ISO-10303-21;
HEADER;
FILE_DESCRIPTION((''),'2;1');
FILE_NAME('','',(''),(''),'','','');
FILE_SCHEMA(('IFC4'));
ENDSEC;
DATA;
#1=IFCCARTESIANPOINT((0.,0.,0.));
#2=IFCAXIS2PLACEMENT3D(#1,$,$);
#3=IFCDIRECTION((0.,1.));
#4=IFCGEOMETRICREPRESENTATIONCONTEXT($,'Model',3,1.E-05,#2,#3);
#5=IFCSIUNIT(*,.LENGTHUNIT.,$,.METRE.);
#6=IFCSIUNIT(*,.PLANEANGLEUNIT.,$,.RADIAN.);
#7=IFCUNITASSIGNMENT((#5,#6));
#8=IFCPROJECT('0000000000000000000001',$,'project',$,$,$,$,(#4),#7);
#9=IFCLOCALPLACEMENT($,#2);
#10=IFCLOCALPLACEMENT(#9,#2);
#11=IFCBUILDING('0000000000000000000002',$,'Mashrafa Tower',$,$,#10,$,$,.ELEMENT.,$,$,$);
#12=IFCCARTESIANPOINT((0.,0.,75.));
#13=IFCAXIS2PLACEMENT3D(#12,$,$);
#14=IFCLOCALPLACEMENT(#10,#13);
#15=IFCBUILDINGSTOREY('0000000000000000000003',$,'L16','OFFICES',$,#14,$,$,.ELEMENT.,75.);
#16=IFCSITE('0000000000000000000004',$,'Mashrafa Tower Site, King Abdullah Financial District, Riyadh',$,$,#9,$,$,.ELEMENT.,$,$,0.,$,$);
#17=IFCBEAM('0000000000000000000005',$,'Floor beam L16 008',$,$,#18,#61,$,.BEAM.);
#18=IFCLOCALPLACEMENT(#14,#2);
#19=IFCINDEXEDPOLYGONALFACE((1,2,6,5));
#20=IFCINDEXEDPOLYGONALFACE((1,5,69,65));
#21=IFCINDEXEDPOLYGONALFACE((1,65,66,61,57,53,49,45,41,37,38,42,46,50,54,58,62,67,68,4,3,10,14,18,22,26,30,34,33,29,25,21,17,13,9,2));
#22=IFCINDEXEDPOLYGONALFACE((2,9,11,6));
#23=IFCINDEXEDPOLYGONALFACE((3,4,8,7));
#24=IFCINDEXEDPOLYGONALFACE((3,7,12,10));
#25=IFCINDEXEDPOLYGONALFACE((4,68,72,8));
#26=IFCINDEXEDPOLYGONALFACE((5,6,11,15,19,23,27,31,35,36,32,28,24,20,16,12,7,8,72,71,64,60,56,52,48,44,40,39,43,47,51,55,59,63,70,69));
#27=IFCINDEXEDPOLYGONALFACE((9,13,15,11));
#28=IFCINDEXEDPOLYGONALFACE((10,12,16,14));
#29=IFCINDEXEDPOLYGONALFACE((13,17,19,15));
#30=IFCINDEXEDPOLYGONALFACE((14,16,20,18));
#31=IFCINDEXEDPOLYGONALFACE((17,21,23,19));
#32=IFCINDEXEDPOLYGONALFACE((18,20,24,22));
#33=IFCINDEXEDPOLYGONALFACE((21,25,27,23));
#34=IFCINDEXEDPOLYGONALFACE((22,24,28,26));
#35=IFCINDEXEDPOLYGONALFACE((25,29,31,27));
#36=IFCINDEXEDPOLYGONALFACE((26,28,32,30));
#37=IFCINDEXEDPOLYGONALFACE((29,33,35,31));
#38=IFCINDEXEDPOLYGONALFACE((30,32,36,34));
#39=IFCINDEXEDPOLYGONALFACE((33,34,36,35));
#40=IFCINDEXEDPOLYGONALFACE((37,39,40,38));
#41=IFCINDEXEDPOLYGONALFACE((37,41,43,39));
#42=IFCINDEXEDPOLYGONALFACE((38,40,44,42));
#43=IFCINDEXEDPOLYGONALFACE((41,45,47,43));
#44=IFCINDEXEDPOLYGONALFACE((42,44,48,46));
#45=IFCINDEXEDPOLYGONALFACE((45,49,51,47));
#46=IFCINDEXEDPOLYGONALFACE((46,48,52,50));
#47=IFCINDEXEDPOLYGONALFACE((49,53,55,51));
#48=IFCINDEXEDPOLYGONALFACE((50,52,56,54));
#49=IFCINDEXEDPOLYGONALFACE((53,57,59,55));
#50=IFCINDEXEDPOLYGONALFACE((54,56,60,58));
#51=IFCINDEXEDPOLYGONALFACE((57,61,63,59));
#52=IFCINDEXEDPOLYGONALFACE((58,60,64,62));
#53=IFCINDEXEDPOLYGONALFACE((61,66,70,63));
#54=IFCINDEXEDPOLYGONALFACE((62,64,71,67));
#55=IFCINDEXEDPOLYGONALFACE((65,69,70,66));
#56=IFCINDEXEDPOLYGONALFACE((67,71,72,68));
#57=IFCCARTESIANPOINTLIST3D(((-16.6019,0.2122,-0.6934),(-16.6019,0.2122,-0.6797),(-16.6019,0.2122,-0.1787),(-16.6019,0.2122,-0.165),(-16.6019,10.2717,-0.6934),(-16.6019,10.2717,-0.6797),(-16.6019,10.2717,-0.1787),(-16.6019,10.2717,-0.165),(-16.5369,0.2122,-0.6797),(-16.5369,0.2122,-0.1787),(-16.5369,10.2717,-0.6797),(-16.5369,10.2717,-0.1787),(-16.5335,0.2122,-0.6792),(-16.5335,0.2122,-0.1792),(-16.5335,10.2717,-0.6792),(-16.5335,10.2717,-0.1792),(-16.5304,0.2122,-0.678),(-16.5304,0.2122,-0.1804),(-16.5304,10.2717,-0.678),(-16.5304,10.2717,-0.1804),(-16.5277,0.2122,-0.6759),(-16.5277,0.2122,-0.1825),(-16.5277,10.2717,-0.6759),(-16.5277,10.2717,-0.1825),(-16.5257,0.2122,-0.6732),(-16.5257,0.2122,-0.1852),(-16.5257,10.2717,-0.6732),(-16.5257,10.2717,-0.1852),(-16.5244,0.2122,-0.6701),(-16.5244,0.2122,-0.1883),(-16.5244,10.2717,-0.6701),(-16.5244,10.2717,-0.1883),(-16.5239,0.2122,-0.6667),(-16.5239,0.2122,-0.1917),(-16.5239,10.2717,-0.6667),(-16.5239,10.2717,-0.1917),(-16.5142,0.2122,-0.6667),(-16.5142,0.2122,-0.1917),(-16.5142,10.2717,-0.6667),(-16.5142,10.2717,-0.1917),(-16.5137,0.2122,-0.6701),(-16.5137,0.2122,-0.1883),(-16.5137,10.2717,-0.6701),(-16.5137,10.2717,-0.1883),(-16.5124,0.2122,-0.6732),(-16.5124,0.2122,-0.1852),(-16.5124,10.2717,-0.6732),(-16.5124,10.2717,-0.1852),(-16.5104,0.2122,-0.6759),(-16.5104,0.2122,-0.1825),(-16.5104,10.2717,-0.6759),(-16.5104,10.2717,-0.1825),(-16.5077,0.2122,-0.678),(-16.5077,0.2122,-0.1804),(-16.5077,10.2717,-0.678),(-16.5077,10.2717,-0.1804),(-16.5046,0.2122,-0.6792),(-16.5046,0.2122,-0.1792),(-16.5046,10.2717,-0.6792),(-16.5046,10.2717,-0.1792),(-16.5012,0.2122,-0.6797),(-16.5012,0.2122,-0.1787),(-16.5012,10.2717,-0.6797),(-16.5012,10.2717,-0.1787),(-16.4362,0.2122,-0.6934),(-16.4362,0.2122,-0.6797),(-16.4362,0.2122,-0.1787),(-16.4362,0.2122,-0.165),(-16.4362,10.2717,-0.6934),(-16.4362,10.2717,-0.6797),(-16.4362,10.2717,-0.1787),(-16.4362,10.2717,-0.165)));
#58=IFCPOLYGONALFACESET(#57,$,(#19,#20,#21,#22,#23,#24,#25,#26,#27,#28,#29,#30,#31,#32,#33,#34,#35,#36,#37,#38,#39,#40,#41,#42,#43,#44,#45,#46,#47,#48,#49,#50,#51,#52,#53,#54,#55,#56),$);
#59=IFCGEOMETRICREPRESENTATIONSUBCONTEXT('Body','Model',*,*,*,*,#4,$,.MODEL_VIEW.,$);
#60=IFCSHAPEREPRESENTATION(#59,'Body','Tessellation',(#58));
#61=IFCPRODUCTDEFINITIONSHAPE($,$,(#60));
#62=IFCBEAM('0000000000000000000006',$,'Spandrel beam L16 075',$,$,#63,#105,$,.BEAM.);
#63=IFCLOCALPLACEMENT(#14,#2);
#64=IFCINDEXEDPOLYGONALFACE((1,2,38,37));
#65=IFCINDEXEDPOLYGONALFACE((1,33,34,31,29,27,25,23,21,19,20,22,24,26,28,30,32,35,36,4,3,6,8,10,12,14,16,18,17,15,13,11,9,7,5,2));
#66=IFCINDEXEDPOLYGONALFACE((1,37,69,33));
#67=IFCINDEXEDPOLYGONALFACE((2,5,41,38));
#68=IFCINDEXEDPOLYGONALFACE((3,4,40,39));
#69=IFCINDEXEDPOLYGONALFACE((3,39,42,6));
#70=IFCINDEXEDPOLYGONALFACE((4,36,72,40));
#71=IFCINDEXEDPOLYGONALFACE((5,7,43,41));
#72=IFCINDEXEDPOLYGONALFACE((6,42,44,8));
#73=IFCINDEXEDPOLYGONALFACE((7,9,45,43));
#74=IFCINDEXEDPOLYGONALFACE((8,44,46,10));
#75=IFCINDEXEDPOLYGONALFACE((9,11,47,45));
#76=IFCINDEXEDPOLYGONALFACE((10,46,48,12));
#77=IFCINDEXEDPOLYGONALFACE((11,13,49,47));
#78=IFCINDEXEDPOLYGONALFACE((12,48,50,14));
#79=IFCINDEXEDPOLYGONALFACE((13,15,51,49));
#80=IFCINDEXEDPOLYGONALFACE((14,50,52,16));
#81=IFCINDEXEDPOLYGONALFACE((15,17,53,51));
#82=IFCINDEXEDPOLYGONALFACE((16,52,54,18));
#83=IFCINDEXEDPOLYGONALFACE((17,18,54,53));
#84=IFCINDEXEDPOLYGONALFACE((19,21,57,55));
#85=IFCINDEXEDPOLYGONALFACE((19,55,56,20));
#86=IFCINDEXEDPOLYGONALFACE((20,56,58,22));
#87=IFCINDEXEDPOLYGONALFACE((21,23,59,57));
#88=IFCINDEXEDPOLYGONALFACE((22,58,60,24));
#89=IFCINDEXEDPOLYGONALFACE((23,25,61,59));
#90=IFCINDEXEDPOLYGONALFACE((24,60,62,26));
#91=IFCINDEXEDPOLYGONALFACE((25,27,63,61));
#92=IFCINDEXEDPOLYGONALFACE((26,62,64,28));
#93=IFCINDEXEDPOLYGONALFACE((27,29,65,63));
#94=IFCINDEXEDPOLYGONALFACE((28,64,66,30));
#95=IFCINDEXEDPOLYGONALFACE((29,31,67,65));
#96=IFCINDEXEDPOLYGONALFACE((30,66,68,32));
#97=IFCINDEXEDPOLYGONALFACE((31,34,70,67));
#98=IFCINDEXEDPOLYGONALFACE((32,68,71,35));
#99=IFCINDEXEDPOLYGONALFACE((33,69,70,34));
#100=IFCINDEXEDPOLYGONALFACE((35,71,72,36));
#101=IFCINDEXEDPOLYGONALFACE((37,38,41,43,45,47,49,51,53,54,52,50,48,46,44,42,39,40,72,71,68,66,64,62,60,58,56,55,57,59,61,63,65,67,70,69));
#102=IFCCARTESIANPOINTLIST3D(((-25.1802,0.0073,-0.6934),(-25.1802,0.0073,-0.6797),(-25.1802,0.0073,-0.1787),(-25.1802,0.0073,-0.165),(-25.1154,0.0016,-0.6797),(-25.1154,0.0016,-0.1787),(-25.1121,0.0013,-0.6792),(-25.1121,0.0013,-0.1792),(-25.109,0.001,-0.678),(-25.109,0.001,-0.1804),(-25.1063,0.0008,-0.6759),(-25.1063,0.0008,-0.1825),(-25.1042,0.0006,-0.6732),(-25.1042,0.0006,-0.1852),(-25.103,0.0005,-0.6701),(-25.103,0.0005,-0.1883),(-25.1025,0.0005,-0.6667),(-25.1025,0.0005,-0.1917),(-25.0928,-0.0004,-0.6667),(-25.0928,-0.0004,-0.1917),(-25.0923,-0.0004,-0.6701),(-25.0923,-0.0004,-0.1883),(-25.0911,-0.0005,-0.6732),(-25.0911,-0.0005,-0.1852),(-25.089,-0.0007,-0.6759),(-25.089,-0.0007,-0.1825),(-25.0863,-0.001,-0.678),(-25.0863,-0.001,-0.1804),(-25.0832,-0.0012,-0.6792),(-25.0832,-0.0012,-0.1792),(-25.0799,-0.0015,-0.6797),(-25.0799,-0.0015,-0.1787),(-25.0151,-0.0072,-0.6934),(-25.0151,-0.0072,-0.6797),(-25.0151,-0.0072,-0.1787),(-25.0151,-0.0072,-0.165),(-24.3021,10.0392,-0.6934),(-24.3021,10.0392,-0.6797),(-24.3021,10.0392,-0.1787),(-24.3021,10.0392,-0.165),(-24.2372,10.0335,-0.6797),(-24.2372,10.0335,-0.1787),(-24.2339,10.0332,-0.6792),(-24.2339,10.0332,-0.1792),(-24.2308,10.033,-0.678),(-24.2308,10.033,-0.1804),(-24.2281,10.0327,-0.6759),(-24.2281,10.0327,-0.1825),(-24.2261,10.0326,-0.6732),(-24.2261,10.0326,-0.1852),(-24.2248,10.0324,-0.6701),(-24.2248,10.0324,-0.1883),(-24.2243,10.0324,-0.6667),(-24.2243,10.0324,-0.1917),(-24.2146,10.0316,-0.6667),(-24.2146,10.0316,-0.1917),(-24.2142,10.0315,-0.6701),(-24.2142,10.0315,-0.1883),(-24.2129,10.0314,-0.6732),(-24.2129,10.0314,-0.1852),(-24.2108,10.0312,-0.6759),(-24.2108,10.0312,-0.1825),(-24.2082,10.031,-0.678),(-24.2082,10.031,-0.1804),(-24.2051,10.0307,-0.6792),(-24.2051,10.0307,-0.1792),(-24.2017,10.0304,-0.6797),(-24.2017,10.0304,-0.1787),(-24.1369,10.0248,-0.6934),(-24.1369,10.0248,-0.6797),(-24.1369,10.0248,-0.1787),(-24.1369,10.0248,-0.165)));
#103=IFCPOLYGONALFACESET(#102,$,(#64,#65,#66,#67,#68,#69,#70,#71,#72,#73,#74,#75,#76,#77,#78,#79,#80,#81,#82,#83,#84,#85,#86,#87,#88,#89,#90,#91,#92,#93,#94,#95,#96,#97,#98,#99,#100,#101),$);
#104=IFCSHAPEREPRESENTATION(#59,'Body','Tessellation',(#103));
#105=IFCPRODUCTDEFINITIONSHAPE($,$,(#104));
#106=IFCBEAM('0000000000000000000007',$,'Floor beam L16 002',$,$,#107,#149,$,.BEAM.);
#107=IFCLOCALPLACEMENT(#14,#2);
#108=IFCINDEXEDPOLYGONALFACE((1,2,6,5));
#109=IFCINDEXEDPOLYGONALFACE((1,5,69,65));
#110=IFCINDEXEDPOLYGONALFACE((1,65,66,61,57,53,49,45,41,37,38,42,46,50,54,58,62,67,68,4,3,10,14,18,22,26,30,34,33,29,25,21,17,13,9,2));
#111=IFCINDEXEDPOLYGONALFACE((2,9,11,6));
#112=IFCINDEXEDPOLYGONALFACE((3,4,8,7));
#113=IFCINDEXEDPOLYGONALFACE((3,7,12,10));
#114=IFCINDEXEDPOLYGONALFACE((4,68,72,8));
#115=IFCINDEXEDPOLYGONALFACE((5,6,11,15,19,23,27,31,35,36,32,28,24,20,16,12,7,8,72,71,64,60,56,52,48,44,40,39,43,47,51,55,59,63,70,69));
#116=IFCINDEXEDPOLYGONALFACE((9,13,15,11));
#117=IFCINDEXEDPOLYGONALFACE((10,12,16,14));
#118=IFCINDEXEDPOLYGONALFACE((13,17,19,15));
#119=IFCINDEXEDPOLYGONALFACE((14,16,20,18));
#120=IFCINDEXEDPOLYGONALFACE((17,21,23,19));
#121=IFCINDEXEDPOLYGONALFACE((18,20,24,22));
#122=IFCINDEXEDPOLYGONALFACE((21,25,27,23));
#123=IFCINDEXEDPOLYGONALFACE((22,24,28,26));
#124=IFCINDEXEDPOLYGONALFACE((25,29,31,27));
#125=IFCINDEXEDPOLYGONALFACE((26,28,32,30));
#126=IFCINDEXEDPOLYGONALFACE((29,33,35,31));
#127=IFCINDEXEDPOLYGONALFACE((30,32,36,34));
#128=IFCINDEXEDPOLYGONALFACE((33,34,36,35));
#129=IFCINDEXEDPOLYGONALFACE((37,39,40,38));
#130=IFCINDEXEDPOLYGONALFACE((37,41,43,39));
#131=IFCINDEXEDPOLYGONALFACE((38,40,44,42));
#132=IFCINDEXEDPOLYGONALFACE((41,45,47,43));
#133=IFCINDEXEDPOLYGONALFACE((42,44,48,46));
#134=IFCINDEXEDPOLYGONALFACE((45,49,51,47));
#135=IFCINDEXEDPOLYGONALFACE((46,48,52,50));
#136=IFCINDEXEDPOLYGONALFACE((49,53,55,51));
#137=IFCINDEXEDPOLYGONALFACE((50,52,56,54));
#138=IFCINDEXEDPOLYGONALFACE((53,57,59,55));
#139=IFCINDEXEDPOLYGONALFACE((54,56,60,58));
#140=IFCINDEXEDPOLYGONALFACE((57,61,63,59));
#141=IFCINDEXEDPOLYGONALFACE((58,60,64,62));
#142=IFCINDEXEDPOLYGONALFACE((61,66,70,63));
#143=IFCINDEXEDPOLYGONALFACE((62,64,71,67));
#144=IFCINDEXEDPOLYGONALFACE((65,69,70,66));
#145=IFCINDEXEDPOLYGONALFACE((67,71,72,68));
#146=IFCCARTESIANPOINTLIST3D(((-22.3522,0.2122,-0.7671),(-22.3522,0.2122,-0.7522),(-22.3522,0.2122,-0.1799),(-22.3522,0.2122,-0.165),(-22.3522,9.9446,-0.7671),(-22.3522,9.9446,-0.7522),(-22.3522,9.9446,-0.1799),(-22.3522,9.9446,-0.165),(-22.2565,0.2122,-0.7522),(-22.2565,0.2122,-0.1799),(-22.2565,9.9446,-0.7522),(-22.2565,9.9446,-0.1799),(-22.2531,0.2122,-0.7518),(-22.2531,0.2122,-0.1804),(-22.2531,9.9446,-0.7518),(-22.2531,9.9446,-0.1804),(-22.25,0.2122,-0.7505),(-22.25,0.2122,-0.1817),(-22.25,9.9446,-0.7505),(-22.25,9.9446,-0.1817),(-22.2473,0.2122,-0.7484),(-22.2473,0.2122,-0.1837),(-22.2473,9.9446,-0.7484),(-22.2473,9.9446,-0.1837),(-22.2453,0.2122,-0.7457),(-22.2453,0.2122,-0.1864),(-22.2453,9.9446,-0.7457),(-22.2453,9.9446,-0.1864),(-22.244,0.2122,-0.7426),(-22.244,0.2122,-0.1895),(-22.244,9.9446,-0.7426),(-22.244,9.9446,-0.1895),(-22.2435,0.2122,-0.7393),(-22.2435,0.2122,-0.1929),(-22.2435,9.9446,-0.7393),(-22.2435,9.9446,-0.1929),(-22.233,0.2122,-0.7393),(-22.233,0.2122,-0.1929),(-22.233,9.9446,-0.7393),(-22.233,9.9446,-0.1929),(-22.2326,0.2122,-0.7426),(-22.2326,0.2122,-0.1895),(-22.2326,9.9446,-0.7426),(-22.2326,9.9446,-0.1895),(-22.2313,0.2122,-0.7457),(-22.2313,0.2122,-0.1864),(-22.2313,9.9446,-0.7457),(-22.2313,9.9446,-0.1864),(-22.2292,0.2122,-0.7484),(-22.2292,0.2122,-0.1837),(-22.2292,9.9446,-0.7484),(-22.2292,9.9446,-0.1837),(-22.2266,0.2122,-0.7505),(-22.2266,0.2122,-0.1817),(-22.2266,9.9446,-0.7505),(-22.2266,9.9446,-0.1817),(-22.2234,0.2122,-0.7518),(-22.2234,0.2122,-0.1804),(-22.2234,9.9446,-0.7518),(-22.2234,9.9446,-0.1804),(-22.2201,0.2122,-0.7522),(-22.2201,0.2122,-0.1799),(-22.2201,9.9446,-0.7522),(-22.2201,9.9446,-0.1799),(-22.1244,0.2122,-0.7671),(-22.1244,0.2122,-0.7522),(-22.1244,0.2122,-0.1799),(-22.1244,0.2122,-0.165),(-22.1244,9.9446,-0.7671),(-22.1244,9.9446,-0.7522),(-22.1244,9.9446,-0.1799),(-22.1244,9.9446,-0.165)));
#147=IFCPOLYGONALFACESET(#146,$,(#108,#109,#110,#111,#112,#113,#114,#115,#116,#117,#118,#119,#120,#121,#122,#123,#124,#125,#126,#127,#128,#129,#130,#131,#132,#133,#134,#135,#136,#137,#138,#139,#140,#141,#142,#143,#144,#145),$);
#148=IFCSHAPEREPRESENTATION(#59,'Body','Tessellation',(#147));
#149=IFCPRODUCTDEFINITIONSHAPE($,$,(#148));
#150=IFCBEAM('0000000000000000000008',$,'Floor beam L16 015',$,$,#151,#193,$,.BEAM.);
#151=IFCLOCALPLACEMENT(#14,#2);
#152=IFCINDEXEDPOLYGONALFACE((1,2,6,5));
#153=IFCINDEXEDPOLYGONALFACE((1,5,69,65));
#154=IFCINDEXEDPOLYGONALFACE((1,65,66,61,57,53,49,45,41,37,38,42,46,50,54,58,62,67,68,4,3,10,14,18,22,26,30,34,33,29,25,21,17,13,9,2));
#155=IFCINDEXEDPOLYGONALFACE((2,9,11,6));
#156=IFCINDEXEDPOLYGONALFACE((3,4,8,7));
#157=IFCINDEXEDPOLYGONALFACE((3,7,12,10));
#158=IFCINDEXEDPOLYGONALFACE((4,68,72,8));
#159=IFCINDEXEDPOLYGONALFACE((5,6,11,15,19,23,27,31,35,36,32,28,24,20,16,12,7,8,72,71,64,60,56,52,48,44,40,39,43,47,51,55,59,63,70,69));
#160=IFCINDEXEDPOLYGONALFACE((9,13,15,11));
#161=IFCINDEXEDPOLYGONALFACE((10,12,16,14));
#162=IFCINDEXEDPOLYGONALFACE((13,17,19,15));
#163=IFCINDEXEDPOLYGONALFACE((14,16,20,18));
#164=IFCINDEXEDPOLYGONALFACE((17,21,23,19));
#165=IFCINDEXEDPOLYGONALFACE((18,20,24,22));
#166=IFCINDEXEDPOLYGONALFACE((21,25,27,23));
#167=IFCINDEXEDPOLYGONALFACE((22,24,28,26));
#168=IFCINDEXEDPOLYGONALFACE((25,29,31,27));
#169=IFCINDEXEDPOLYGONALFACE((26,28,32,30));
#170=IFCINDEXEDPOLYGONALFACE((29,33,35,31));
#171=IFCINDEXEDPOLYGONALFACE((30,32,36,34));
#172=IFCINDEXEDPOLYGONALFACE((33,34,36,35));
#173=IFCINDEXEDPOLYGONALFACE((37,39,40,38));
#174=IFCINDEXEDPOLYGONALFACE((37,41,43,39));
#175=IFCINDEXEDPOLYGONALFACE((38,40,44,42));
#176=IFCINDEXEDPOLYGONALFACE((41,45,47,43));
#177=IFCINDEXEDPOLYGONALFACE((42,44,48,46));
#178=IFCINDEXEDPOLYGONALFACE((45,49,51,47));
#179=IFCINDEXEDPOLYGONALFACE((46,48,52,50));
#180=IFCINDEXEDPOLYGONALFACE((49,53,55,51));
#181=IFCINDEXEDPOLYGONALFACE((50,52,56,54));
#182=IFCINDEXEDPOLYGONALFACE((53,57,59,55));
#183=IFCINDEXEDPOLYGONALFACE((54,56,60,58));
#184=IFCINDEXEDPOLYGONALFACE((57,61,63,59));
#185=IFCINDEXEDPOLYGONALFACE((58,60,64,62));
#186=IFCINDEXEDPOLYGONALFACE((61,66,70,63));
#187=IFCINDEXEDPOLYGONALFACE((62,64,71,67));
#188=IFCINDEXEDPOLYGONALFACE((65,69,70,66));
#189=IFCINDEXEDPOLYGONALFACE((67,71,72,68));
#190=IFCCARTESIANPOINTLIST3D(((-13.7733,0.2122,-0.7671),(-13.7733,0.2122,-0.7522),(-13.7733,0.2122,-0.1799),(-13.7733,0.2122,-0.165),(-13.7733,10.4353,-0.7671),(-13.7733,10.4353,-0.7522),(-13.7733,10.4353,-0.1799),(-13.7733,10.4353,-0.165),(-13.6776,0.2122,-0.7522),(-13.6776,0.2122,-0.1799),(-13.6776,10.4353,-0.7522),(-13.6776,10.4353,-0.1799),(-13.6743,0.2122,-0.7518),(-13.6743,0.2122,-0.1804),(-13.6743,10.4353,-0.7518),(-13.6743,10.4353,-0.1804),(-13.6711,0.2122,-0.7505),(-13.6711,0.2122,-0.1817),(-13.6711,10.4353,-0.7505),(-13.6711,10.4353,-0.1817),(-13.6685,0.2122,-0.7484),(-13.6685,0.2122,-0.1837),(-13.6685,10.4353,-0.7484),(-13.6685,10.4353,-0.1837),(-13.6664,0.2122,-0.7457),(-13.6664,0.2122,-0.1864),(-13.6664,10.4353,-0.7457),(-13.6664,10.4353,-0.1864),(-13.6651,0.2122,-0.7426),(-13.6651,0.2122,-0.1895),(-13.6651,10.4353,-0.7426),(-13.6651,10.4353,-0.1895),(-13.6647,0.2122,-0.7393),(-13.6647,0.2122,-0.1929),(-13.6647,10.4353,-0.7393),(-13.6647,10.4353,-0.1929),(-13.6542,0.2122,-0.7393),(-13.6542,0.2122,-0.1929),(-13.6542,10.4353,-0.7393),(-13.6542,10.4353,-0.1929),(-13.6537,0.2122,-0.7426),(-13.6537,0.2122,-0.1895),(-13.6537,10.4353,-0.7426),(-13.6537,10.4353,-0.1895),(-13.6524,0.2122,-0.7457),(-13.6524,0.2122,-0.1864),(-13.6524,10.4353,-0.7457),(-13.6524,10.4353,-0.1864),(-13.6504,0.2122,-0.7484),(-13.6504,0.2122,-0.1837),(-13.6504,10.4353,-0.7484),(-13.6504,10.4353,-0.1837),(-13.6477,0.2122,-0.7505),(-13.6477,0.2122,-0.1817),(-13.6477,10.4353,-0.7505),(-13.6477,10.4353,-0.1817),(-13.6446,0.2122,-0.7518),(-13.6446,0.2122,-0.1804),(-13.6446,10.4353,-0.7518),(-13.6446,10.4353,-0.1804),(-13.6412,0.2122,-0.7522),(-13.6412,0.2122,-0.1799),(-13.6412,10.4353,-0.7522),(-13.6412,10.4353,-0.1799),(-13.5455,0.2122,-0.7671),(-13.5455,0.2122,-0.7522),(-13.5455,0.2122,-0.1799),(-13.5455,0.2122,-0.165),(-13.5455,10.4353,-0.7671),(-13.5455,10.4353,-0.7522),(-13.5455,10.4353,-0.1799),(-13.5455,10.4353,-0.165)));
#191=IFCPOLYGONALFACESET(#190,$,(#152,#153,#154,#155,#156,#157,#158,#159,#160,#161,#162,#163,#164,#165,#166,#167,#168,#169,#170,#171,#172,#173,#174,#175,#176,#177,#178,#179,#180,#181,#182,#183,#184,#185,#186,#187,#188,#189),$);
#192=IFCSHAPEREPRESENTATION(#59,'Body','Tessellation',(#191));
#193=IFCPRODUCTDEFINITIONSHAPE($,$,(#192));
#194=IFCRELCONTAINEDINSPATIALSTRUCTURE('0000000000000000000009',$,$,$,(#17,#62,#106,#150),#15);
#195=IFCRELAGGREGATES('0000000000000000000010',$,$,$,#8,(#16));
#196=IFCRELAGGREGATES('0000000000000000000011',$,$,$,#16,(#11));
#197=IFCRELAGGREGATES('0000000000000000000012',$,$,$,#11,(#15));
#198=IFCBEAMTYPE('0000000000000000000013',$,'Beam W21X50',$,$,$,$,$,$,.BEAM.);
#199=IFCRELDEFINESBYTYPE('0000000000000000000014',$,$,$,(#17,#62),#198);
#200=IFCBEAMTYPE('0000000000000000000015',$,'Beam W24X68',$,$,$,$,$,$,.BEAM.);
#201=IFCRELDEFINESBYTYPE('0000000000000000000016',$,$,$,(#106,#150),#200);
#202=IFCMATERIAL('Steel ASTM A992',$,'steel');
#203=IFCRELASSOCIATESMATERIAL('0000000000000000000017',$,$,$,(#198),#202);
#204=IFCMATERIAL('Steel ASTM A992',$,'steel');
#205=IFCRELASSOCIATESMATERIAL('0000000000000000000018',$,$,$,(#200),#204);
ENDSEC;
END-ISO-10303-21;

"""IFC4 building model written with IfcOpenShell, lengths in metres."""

from ifc_helpers import new_model, si_unit, direction, frame, origin, origin_2d, place, context, subcontext, project, spatial, i_section, extrude, material, material_profile, profile_set, type_object, element, save


model = new_model("IFC4")

# Units and contexts
model_context = context("Model", 3, precision=1e-05, world=origin(), true_north=direction((0.0, 1.0)))
body_context = subcontext(model_context, "Body", "Model", "MODEL_VIEW")
ifc_project = project(units=[si_unit("LENGTHUNIT", "METRE"), si_unit("PLANEANGLEUNIT", "RADIAN")], contexts=[model_context])

# Site, building, storey
site_placement = place(None, origin())
site = spatial("IfcSite", under=ifc_project, at=site_placement, Name="Mashrafa Tower Site, King Abdullah Financial District, Riyadh", CompositionType="ELEMENT", RefElevation=0.0)
building_placement = place(site_placement, origin())
building = spatial("IfcBuilding", under=site, at=building_placement, Name="Mashrafa Tower", CompositionType="ELEMENT")
storey_placement = place(building_placement, frame((0.0, 0.0, 75.0)))
storey = spatial("IfcBuildingStorey", under=building, at=storey_placement, Name="L16", Description="OFFICES", CompositionType="ELEMENT", Elevation=75.0)

# Beams
ifc_material_1 = material(Name="Steel ASTM A992", Category="steel")
ifc_material_profile_1 = material_profile(ifc_material_1, i_section(OverallWidth=0.1658, OverallDepth=0.5283, WebThickness=0.0098, FlangeThickness=0.0137, FilletRadius=0.0129, at=origin_2d()), Name="W21X50")
ifc_profile_set_1 = profile_set([ifc_material_profile_1], Name="Steel ASTM A992")
beam_type_1 = type_object("IfcBeamType", Name="Beam W21X50", PredefinedType="BEAM", material=ifc_profile_set_1)
beam_1_placement = place(storey_placement, frame((-16.519, 0.2122, -0.4292), z_axis=(0.0, 1.0, 0.0), x_axis=(-1.0, 0.0, 0.0)))
element("IfcBeam", 1, at=beam_1_placement, inside=storey, type_object=beam_type_1, Name="Floor beam L16 008", PredefinedType="BEAM", context=body_context, shape_type="SweptSolid", body=[
    extrude(i_section(OverallWidth=0.1658, OverallDepth=0.5283, WebThickness=0.0098, FlangeThickness=0.0137, FilletRadius=0.0129, at=origin_2d()), origin(), (0.0, 0.0, 1.0), 10.0596),
])
beam_2_placement = place(storey_placement, frame((-24.2195, 10.032, -0.4292), z_axis=(-0.087204, -0.99619, 0.0), x_axis=(0.99619, -0.087204, 0.0)))
element("IfcBeam", 2, at=beam_2_placement, inside=storey, type_object=beam_type_1, Name="Spandrel beam L16 075", PredefinedType="BEAM", context=body_context, shape_type="SweptSolid", body=[
    extrude(i_section(OverallWidth=0.1658, OverallDepth=0.5283, WebThickness=0.0098, FlangeThickness=0.0137, FilletRadius=0.0129, at=origin_2d()), origin(), (0.0, 0.0, 1.0), 10.0703),
])
ifc_material_2 = material(Name="Steel ASTM A992", Category="steel")
ifc_material_profile_2 = material_profile(ifc_material_2, i_section(OverallWidth=0.2278, OverallDepth=0.6021, WebThickness=0.0105, FlangeThickness=0.0149, FilletRadius=0.0129, at=origin_2d()), Name="W24X68")
ifc_profile_set_2 = profile_set([ifc_material_profile_2], Name="Steel ASTM A992")
beam_type_2 = type_object("IfcBeamType", Name="Beam W24X68", PredefinedType="BEAM", material=ifc_profile_set_2)
beam_3_placement = place(storey_placement, frame((-22.2383, 0.2122, -0.4661), z_axis=(0.0, 1.0, 0.0), x_axis=(-1.0, 0.0, 0.0)))
element("IfcBeam", 3, at=beam_3_placement, inside=storey, type_object=beam_type_2, Name="Floor beam L16 002", PredefinedType="BEAM", context=body_context, shape_type="SweptSolid", body=[
    extrude(i_section(OverallWidth=0.2278, OverallDepth=0.6021, WebThickness=0.0105, FlangeThickness=0.0149, FilletRadius=0.0129, at=origin_2d()), origin(), (0.0, 0.0, 1.0), 9.7324),
])
beam_4_placement = place(storey_placement, frame((-13.6594, 0.2122, -0.4661), z_axis=(0.0, 1.0, 0.0), x_axis=(-1.0, 0.0, 0.0)))
element("IfcBeam", 4, at=beam_4_placement, inside=storey, type_object=beam_type_2, Name="Floor beam L16 015", PredefinedType="BEAM", context=body_context, shape_type="SweptSolid", body=[
    extrude(i_section(OverallWidth=0.2278, OverallDepth=0.6021, WebThickness=0.0105, FlangeThickness=0.0149, FilletRadius=0.0129, at=origin_2d()), origin(), (0.0, 0.0, 1.0), 10.2231),
])

save(model, "model.ifc")
